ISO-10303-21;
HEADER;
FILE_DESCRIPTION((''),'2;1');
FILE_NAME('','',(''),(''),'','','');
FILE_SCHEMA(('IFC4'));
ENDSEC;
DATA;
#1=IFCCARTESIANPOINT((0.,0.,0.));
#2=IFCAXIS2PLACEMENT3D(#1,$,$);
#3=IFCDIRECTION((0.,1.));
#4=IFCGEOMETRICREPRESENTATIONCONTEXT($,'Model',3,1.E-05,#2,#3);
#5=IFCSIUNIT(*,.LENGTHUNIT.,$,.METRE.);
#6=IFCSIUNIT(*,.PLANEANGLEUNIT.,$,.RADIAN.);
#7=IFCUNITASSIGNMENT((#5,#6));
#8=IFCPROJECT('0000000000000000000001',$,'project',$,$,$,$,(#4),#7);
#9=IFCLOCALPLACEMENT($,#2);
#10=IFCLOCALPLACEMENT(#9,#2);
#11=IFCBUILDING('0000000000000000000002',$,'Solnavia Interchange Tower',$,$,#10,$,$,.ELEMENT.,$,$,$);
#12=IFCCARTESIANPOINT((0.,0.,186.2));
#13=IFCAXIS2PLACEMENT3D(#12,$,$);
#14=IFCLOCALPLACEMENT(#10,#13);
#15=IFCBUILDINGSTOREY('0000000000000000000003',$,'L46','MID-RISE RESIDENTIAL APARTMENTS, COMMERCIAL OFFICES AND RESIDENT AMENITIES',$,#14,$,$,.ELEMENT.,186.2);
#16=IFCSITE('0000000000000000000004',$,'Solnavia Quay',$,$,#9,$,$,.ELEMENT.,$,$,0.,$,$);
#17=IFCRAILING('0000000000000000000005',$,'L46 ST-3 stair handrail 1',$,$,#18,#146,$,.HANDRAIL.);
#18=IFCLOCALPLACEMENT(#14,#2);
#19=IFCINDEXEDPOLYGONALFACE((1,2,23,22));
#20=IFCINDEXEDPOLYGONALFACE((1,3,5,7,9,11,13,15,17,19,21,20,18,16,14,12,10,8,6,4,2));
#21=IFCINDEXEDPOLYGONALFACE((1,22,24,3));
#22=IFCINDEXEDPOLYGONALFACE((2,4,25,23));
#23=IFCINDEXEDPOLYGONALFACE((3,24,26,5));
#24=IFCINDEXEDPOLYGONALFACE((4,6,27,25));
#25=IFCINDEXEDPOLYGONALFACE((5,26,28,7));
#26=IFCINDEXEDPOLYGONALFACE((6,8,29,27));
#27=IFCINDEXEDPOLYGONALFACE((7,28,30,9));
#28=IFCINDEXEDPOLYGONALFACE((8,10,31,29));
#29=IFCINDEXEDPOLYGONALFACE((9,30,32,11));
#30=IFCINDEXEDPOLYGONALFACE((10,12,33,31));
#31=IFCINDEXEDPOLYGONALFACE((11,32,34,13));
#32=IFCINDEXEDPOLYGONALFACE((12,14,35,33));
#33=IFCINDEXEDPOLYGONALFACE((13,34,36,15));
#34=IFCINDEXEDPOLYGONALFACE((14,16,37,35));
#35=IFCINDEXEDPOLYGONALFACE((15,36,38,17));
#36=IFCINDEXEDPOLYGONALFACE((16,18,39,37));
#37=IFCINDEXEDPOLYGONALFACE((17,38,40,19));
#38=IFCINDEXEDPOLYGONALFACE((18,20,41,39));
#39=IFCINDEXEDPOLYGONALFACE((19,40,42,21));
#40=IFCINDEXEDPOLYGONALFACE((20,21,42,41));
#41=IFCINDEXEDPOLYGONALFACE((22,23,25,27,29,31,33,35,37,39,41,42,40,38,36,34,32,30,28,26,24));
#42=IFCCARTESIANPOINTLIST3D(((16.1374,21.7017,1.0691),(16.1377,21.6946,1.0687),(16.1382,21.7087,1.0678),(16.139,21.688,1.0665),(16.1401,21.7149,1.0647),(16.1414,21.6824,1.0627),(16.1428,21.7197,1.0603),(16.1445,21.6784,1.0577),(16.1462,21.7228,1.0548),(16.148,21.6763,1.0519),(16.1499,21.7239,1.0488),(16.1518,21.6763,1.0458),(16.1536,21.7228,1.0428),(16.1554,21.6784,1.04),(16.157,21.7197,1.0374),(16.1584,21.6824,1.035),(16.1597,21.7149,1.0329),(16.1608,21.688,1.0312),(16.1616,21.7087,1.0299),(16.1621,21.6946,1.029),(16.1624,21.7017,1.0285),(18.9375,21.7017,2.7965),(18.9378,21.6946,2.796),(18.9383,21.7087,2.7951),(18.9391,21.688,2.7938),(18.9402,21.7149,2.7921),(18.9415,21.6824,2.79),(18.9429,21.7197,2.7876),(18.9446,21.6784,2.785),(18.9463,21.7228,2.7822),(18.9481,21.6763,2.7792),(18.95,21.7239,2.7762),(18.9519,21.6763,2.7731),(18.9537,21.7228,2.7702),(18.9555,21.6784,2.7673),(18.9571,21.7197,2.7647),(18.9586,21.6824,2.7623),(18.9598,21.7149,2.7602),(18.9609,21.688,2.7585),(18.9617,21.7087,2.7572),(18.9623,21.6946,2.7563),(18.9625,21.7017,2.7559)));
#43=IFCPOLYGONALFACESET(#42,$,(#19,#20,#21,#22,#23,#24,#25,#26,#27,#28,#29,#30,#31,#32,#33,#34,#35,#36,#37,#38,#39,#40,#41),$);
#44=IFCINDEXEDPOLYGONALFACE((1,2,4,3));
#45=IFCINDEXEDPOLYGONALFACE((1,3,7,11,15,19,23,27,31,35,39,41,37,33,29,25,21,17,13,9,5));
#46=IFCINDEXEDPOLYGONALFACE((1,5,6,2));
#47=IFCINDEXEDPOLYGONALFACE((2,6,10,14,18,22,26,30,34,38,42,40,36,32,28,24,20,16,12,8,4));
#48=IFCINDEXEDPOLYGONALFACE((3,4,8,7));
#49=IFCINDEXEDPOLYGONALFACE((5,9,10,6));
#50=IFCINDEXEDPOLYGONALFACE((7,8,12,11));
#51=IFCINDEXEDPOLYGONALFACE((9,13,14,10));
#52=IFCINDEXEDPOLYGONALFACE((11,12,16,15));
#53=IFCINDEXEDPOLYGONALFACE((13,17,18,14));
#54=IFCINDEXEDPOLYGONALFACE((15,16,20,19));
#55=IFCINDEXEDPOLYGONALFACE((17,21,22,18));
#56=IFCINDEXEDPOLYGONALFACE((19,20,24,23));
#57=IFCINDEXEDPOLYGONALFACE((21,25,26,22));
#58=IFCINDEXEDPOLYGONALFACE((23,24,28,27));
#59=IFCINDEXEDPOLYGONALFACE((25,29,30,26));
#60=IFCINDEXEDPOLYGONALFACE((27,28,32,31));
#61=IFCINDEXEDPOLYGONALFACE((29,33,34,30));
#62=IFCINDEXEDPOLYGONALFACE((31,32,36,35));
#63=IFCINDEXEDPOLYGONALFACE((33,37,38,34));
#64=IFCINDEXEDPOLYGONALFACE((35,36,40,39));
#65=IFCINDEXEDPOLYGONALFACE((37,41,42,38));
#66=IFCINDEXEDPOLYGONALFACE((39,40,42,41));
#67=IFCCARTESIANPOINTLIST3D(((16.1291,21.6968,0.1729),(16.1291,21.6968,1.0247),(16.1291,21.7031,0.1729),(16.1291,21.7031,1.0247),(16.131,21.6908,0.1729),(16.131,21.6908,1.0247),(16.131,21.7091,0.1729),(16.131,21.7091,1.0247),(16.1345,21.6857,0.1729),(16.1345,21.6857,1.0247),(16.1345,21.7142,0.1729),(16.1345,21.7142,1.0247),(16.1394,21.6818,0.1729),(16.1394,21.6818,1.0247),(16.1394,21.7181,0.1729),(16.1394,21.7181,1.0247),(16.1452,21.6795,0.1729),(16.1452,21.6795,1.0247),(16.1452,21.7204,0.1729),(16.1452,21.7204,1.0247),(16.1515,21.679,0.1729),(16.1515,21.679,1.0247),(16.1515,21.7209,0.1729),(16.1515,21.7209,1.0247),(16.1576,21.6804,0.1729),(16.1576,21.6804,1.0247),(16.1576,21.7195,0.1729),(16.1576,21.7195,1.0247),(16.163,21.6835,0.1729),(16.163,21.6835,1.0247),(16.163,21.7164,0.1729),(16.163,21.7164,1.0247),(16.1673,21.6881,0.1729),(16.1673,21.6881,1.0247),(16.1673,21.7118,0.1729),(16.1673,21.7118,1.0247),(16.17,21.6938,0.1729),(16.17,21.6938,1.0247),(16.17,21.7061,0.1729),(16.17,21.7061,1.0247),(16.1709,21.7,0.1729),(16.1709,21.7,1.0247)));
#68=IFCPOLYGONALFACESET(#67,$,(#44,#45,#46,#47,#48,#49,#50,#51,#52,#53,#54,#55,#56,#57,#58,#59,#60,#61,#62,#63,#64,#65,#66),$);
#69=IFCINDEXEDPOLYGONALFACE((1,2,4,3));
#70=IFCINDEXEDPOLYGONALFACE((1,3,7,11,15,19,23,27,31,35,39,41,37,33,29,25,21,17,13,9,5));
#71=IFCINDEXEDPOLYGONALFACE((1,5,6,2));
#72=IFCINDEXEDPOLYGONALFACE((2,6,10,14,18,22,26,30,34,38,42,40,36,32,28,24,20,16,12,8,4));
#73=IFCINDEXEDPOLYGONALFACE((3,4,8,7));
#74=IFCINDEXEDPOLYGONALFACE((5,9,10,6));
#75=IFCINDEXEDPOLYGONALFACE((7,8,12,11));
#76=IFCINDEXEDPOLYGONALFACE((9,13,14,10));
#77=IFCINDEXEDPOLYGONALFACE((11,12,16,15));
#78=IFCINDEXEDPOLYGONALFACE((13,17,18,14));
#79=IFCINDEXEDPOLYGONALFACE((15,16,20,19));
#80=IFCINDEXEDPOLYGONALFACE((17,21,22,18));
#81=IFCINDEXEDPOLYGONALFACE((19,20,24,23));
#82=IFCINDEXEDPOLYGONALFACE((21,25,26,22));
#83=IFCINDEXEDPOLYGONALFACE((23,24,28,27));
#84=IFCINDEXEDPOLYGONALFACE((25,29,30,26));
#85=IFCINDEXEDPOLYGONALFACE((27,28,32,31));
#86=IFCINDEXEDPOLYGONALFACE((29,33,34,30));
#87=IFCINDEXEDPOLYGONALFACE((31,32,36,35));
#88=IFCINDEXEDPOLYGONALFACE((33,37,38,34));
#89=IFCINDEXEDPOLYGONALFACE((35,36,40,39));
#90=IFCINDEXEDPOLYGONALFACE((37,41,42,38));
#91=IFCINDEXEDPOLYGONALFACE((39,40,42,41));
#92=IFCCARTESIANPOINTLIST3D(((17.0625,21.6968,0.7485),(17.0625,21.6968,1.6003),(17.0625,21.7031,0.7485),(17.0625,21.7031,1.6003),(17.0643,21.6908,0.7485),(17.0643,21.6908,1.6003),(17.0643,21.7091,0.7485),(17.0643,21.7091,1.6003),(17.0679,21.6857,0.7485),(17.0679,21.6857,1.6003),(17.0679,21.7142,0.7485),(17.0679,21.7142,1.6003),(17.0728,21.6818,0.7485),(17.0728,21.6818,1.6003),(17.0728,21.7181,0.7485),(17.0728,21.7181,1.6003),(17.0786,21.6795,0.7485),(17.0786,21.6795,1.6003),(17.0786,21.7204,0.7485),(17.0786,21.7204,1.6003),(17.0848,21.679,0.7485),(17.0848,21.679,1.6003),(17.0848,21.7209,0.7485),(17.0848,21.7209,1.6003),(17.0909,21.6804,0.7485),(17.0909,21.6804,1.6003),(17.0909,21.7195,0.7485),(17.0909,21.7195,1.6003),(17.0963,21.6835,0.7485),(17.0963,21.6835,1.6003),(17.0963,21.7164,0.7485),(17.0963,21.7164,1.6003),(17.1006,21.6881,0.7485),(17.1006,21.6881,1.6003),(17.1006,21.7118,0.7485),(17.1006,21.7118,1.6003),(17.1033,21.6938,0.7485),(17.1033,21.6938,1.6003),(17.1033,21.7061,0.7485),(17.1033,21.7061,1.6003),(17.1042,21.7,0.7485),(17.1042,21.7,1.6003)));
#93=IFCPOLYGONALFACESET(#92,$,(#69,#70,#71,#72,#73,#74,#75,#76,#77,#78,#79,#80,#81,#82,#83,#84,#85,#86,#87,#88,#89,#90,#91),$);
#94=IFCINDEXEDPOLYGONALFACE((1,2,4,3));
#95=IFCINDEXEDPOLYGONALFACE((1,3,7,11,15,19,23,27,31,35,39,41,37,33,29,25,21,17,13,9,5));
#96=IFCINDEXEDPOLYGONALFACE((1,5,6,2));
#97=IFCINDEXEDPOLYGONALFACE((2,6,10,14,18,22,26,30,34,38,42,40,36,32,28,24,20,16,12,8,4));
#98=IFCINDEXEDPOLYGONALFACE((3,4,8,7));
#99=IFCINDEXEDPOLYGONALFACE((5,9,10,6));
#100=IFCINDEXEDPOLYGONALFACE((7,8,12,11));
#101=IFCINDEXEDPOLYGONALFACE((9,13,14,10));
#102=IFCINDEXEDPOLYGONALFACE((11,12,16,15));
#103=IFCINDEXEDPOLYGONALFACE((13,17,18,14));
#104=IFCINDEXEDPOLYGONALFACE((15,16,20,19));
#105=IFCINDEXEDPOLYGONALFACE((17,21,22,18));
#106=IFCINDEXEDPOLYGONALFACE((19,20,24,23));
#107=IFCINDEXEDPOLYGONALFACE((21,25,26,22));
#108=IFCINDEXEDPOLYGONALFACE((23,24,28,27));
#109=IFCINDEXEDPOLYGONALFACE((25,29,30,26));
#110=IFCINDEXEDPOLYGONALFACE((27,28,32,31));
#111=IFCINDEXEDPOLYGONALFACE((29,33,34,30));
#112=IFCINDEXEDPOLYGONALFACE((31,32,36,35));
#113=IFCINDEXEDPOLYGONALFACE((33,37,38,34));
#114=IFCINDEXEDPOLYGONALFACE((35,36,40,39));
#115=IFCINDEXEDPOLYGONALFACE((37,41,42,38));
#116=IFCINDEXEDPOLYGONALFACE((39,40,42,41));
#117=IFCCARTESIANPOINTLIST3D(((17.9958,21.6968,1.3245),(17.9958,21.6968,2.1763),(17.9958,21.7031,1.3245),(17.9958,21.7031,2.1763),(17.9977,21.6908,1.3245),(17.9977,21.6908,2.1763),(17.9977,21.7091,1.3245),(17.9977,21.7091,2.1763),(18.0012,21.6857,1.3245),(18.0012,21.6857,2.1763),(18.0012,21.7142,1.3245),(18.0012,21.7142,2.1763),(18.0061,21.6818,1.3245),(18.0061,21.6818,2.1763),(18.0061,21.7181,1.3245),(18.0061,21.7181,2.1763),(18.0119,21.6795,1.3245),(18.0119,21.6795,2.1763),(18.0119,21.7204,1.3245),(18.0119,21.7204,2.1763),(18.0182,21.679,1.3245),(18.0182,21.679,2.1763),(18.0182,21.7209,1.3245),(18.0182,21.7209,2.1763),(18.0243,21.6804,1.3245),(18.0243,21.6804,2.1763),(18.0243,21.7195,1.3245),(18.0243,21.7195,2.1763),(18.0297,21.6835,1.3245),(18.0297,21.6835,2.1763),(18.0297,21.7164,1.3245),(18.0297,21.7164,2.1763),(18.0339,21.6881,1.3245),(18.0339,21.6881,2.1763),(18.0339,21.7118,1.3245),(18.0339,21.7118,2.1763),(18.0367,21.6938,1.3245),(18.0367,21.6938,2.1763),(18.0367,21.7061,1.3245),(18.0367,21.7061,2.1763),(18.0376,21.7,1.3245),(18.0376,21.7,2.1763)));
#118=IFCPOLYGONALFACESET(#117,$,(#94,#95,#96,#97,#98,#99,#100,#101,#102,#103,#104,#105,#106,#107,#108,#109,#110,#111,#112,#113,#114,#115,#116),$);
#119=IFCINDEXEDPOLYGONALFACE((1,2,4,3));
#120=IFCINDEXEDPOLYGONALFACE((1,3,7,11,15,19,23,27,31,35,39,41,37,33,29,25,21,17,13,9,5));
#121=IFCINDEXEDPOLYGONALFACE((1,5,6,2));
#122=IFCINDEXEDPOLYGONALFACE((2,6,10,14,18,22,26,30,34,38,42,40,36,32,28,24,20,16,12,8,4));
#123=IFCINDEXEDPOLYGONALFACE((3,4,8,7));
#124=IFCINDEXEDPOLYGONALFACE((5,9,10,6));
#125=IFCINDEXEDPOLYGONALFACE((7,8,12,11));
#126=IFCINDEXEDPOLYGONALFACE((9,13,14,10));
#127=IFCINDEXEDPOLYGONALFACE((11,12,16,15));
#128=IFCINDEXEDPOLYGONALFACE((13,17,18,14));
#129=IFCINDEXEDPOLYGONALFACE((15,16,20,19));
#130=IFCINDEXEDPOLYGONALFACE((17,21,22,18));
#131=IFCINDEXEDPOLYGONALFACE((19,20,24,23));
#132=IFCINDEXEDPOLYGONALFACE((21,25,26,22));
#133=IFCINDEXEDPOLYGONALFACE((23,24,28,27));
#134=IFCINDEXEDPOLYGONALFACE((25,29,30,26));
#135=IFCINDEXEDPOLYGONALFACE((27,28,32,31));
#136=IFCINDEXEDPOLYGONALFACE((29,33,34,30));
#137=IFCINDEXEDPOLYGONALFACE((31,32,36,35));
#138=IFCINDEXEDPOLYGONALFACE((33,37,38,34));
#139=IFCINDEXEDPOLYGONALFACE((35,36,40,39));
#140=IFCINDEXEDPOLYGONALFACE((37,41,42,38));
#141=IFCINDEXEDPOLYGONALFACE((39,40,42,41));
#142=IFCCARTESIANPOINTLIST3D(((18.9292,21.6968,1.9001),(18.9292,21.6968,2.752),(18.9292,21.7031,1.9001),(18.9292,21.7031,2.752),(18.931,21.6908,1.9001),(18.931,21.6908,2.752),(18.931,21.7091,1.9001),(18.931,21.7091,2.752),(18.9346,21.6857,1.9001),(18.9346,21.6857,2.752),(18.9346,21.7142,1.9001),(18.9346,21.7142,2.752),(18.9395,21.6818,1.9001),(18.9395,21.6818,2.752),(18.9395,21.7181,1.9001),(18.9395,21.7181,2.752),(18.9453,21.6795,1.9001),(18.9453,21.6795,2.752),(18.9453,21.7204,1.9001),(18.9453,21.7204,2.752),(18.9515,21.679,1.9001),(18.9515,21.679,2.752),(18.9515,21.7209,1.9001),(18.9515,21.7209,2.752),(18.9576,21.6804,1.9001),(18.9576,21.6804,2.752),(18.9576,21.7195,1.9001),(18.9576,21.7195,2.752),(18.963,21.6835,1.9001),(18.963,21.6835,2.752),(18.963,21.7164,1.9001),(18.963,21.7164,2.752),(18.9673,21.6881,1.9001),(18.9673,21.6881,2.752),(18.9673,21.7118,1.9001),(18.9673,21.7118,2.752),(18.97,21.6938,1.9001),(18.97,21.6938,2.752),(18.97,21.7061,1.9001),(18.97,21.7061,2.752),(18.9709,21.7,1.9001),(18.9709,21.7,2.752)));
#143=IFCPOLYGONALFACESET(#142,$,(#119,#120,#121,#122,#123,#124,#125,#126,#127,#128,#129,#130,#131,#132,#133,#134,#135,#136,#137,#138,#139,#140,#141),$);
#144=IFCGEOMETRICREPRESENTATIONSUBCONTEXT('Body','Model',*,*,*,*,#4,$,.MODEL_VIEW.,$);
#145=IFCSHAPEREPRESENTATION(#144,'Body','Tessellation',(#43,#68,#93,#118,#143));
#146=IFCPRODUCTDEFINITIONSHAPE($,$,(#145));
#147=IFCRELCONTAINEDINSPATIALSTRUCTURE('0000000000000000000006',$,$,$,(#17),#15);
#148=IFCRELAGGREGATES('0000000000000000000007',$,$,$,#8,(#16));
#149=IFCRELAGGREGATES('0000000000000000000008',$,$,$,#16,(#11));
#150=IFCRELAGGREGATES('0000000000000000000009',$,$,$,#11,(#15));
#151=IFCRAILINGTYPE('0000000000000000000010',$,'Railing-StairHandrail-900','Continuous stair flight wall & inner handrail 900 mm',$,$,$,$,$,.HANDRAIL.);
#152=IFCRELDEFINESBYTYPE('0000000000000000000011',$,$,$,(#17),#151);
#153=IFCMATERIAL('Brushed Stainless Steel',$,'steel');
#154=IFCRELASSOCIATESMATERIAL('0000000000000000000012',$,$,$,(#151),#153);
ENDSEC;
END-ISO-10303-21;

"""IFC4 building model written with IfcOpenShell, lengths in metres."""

from ifc_helpers import new_model, si_unit, direction, frame, origin, origin_2d, place, context, subcontext, project, spatial, circle, extrude, material, type_object, element, save


model = new_model("IFC4")

# Units and contexts
model_context = context("Model", 3, precision=1e-05, world=origin(), true_north=direction((0.0, 1.0)))
body_context = subcontext(model_context, "Body", "Model", "MODEL_VIEW")
ifc_project = project(units=[si_unit("LENGTHUNIT", "METRE"), si_unit("PLANEANGLEUNIT", "RADIAN")], contexts=[model_context])

# Site, building, storey
site_placement = place(None, origin())
site = spatial("IfcSite", under=ifc_project, at=site_placement, Name="Solnavia Quay", CompositionType="ELEMENT", RefElevation=0.0)
building_placement = place(site_placement, origin())
building = spatial("IfcBuilding", under=site, at=building_placement, Name="Solnavia Interchange Tower", CompositionType="ELEMENT")
storey_placement = place(building_placement, frame((0.0, 0.0, 186.2)))
storey = spatial("IfcBuildingStorey", under=building, at=storey_placement, Name="L46", Description="MID-RISE RESIDENTIAL APARTMENTS, COMMERCIAL OFFICES AND RESIDENT AMENITIES", CompositionType="ELEMENT", Elevation=186.2)

# Railing
ifc_material_1 = material(Name="Brushed Stainless Steel", Category="steel")
railing_type_1 = type_object("IfcRailingType", Name="Railing-StairHandrail-900", Description="Continuous stair flight wall & inner handrail 900 mm", PredefinedType="HANDRAIL", material=ifc_material_1)
railing_1_placement = place(storey_placement, frame((16.1499, 21.7, 0.1729)))
element("IfcRailing", 1, at=railing_1_placement, inside=storey, type_object=railing_type_1, Name="L46 ST-3 stair handrail 1", PredefinedType="HANDRAIL", context=body_context, shape_type="SweptSolid", body=[
    extrude(circle(Radius=0.0239, at=origin_2d()), frame((0.0, 0.0, 0.876), z_axis=(0.85109, 0.0, 0.52502), x_axis=(0.0, 1.0, 0.0)), (0.0, 0.0, 1.0), 3.29),
    extrude(circle(Radius=0.021, at=origin_2d()), origin(), (0.0, 0.0, 1.0), 0.8518),
    extrude(circle(Radius=0.021, at=origin_2d()), frame((0.9333, 0.0, 0.5757)), (0.0, 0.0, 1.0), 0.8518),
    extrude(circle(Radius=0.021, at=origin_2d()), frame((1.8667, 0.0, 1.1516)), (0.0, 0.0, 1.0), 0.8518),
    extrude(circle(Radius=0.021, at=origin_2d()), frame((2.8, 0.0, 1.7273)), (0.0, 0.0, 1.0), 0.8518),
])

save(model, "model.ifc")
